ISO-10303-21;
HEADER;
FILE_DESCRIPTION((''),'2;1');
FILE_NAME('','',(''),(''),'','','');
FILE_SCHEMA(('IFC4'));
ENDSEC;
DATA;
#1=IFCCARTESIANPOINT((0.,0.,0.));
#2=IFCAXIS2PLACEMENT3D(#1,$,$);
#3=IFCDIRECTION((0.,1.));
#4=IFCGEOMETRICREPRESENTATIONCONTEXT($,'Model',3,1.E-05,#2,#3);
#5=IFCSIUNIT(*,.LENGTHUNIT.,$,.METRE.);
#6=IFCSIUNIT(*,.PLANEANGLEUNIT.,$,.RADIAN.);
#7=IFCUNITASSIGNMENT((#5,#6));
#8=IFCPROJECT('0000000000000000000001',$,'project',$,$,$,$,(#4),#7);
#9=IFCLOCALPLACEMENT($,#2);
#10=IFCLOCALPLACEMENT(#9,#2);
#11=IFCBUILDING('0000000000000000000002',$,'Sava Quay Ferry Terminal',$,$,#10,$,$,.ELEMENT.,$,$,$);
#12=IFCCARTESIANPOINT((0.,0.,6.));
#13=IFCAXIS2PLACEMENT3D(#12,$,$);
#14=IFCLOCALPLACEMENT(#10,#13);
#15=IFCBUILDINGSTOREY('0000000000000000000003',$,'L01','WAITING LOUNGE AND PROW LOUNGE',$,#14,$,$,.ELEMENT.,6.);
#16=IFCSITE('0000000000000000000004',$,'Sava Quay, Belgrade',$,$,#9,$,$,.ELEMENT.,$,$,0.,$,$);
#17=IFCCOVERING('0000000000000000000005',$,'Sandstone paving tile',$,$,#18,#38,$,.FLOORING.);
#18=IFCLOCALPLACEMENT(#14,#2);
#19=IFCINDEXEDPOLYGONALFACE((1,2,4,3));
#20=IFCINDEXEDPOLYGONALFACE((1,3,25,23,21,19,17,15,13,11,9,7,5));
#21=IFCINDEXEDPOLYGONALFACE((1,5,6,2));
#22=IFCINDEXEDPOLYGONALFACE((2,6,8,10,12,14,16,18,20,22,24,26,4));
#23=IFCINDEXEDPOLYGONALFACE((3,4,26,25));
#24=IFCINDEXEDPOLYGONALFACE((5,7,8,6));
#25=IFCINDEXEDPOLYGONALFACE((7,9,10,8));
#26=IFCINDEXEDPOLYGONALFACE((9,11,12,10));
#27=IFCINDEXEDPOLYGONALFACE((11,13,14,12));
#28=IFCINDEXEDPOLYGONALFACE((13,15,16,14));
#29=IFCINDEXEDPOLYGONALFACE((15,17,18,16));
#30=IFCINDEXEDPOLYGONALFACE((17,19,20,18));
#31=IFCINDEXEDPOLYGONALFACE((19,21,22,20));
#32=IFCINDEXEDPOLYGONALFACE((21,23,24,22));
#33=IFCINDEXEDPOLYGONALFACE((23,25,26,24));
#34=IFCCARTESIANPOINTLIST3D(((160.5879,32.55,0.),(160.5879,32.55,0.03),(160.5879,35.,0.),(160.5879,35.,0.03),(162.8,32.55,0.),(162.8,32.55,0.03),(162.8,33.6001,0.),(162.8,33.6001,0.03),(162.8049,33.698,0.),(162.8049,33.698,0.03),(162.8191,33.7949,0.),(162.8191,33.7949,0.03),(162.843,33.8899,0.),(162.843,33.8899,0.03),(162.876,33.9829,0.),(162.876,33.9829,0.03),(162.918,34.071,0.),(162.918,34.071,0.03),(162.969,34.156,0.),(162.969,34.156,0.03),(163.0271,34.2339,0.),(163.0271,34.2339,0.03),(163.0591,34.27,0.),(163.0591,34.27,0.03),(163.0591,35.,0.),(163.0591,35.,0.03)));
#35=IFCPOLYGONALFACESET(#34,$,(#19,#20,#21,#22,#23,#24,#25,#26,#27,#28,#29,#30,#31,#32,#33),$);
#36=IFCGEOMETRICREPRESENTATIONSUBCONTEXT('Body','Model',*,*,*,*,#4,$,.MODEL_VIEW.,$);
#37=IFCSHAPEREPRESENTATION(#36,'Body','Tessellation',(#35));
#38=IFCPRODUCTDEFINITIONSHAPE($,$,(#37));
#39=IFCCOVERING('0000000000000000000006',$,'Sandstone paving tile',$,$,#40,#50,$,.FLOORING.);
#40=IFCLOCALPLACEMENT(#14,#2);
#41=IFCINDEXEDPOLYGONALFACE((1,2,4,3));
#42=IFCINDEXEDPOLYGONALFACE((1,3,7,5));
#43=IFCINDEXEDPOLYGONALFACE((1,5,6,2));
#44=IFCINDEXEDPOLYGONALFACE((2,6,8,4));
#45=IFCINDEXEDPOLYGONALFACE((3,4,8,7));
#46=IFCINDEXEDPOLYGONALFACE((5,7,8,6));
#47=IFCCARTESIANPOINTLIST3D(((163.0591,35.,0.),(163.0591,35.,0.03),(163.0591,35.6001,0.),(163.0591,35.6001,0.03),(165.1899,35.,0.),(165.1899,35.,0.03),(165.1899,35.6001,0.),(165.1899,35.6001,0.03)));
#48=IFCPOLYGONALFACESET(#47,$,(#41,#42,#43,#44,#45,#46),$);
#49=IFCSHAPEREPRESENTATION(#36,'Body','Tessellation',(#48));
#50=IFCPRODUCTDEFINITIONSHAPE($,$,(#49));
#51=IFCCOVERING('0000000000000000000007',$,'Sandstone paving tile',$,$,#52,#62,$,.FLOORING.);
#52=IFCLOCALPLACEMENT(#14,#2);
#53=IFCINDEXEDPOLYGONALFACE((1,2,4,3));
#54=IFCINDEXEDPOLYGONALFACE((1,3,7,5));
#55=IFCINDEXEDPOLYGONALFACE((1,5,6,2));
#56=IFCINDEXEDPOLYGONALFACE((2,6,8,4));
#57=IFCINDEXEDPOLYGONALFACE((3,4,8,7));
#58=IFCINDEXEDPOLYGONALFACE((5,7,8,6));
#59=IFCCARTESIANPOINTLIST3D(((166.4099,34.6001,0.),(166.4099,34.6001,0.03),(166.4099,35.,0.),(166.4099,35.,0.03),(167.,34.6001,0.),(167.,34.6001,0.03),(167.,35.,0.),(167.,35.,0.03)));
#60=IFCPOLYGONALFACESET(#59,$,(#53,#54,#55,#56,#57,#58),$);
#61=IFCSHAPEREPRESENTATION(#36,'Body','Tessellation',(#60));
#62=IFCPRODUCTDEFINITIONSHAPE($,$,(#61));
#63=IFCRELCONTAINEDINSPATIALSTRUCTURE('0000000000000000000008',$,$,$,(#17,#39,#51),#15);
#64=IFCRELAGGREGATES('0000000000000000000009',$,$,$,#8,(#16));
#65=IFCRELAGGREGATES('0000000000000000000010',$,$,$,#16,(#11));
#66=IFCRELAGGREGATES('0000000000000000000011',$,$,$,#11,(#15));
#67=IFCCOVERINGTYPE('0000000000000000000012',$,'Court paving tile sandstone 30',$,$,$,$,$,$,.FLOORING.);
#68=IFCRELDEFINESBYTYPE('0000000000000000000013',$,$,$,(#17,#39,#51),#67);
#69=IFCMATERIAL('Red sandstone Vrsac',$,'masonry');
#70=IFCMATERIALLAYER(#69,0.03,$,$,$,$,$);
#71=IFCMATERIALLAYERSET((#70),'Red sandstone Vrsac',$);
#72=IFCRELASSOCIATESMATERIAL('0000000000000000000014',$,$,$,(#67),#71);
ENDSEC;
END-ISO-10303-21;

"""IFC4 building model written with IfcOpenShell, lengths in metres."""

from ifc_helpers import new_model, si_unit, direction, frame, origin, place, context, subcontext, project, spatial, polyline, outline, extrude, material, layer, layer_set, type_object, element, save


model = new_model("IFC4")

# Units and contexts
model_context = context("Model", 3, precision=1e-05, world=origin(), true_north=direction((0.0, 1.0)))
body_context = subcontext(model_context, "Body", "Model", "MODEL_VIEW")
ifc_project = project(units=[si_unit("LENGTHUNIT", "METRE"), si_unit("PLANEANGLEUNIT", "RADIAN")], contexts=[model_context])

# Site, building, storey
site_placement = place(None, origin())
site = spatial("IfcSite", under=ifc_project, at=site_placement, Name="Sava Quay, Belgrade", CompositionType="ELEMENT", RefElevation=0.0)
building_placement = place(site_placement, origin())
building = spatial("IfcBuilding", under=site, at=building_placement, Name="Sava Quay Ferry Terminal", CompositionType="ELEMENT")
storey_placement = place(building_placement, frame((0.0, 0.0, 6.0)))
storey = spatial("IfcBuildingStorey", under=building, at=storey_placement, Name="L01", Description="WAITING LOUNGE AND PROW LOUNGE", CompositionType="ELEMENT", Elevation=6.0)

# Coverings
ifc_material_1 = material(Name="Red sandstone Vrsac", Category="masonry")
ifc_layer_1 = layer(ifc_material_1, 0.03)
ifc_layer_set_1 = layer_set([ifc_layer_1], Name="Red sandstone Vrsac")
covering_type_1 = type_object("IfcCoveringType", Name="Court paving tile sandstone 30", PredefinedType="FLOORING", material=ifc_layer_set_1)
covering_1_placement = place(storey_placement, origin())
element("IfcCovering", 1, at=covering_1_placement, inside=storey, type_object=covering_type_1, Name="Sandstone paving tile", PredefinedType="FLOORING", context=body_context, shape_type="SweptSolid", body=[
    extrude(outline(polyline([(160.5879, 32.55), (162.8, 32.55), (162.8, 33.6001), (162.8049, 33.698), (162.8191, 33.7949), (162.843, 33.8899), (162.876, 33.9829), (162.918, 34.071), (162.969, 34.156), (163.0271, 34.2339), (163.0591, 34.27), (163.0591, 35.0), (160.5879, 35.0), (160.5879, 32.55)])), origin(), (0.0, 0.0, 1.0), 0.03),
])
covering_2_placement = place(storey_placement, origin())
element("IfcCovering", 2, at=covering_2_placement, inside=storey, type_object=covering_type_1, Name="Sandstone paving tile", PredefinedType="FLOORING", context=body_context, shape_type="SweptSolid", body=[
    extrude(outline(polyline([(163.0591, 35.0), (165.1899, 35.0), (165.1899, 35.6001), (163.0591, 35.6001), (163.0591, 35.0)])), origin(), (0.0, 0.0, 1.0), 0.03),
])
covering_3_placement = place(storey_placement, origin())
element("IfcCovering", 3, at=covering_3_placement, inside=storey, type_object=covering_type_1, Name="Sandstone paving tile", PredefinedType="FLOORING", context=body_context, shape_type="SweptSolid", body=[
    extrude(outline(polyline([(167.0, 35.0), (166.4099, 35.0), (166.4099, 34.6001), (167.0, 34.6001), (167.0, 35.0)])), origin(), (0.0, 0.0, 1.0), 0.03),
])

save(model, "model.ifc")
